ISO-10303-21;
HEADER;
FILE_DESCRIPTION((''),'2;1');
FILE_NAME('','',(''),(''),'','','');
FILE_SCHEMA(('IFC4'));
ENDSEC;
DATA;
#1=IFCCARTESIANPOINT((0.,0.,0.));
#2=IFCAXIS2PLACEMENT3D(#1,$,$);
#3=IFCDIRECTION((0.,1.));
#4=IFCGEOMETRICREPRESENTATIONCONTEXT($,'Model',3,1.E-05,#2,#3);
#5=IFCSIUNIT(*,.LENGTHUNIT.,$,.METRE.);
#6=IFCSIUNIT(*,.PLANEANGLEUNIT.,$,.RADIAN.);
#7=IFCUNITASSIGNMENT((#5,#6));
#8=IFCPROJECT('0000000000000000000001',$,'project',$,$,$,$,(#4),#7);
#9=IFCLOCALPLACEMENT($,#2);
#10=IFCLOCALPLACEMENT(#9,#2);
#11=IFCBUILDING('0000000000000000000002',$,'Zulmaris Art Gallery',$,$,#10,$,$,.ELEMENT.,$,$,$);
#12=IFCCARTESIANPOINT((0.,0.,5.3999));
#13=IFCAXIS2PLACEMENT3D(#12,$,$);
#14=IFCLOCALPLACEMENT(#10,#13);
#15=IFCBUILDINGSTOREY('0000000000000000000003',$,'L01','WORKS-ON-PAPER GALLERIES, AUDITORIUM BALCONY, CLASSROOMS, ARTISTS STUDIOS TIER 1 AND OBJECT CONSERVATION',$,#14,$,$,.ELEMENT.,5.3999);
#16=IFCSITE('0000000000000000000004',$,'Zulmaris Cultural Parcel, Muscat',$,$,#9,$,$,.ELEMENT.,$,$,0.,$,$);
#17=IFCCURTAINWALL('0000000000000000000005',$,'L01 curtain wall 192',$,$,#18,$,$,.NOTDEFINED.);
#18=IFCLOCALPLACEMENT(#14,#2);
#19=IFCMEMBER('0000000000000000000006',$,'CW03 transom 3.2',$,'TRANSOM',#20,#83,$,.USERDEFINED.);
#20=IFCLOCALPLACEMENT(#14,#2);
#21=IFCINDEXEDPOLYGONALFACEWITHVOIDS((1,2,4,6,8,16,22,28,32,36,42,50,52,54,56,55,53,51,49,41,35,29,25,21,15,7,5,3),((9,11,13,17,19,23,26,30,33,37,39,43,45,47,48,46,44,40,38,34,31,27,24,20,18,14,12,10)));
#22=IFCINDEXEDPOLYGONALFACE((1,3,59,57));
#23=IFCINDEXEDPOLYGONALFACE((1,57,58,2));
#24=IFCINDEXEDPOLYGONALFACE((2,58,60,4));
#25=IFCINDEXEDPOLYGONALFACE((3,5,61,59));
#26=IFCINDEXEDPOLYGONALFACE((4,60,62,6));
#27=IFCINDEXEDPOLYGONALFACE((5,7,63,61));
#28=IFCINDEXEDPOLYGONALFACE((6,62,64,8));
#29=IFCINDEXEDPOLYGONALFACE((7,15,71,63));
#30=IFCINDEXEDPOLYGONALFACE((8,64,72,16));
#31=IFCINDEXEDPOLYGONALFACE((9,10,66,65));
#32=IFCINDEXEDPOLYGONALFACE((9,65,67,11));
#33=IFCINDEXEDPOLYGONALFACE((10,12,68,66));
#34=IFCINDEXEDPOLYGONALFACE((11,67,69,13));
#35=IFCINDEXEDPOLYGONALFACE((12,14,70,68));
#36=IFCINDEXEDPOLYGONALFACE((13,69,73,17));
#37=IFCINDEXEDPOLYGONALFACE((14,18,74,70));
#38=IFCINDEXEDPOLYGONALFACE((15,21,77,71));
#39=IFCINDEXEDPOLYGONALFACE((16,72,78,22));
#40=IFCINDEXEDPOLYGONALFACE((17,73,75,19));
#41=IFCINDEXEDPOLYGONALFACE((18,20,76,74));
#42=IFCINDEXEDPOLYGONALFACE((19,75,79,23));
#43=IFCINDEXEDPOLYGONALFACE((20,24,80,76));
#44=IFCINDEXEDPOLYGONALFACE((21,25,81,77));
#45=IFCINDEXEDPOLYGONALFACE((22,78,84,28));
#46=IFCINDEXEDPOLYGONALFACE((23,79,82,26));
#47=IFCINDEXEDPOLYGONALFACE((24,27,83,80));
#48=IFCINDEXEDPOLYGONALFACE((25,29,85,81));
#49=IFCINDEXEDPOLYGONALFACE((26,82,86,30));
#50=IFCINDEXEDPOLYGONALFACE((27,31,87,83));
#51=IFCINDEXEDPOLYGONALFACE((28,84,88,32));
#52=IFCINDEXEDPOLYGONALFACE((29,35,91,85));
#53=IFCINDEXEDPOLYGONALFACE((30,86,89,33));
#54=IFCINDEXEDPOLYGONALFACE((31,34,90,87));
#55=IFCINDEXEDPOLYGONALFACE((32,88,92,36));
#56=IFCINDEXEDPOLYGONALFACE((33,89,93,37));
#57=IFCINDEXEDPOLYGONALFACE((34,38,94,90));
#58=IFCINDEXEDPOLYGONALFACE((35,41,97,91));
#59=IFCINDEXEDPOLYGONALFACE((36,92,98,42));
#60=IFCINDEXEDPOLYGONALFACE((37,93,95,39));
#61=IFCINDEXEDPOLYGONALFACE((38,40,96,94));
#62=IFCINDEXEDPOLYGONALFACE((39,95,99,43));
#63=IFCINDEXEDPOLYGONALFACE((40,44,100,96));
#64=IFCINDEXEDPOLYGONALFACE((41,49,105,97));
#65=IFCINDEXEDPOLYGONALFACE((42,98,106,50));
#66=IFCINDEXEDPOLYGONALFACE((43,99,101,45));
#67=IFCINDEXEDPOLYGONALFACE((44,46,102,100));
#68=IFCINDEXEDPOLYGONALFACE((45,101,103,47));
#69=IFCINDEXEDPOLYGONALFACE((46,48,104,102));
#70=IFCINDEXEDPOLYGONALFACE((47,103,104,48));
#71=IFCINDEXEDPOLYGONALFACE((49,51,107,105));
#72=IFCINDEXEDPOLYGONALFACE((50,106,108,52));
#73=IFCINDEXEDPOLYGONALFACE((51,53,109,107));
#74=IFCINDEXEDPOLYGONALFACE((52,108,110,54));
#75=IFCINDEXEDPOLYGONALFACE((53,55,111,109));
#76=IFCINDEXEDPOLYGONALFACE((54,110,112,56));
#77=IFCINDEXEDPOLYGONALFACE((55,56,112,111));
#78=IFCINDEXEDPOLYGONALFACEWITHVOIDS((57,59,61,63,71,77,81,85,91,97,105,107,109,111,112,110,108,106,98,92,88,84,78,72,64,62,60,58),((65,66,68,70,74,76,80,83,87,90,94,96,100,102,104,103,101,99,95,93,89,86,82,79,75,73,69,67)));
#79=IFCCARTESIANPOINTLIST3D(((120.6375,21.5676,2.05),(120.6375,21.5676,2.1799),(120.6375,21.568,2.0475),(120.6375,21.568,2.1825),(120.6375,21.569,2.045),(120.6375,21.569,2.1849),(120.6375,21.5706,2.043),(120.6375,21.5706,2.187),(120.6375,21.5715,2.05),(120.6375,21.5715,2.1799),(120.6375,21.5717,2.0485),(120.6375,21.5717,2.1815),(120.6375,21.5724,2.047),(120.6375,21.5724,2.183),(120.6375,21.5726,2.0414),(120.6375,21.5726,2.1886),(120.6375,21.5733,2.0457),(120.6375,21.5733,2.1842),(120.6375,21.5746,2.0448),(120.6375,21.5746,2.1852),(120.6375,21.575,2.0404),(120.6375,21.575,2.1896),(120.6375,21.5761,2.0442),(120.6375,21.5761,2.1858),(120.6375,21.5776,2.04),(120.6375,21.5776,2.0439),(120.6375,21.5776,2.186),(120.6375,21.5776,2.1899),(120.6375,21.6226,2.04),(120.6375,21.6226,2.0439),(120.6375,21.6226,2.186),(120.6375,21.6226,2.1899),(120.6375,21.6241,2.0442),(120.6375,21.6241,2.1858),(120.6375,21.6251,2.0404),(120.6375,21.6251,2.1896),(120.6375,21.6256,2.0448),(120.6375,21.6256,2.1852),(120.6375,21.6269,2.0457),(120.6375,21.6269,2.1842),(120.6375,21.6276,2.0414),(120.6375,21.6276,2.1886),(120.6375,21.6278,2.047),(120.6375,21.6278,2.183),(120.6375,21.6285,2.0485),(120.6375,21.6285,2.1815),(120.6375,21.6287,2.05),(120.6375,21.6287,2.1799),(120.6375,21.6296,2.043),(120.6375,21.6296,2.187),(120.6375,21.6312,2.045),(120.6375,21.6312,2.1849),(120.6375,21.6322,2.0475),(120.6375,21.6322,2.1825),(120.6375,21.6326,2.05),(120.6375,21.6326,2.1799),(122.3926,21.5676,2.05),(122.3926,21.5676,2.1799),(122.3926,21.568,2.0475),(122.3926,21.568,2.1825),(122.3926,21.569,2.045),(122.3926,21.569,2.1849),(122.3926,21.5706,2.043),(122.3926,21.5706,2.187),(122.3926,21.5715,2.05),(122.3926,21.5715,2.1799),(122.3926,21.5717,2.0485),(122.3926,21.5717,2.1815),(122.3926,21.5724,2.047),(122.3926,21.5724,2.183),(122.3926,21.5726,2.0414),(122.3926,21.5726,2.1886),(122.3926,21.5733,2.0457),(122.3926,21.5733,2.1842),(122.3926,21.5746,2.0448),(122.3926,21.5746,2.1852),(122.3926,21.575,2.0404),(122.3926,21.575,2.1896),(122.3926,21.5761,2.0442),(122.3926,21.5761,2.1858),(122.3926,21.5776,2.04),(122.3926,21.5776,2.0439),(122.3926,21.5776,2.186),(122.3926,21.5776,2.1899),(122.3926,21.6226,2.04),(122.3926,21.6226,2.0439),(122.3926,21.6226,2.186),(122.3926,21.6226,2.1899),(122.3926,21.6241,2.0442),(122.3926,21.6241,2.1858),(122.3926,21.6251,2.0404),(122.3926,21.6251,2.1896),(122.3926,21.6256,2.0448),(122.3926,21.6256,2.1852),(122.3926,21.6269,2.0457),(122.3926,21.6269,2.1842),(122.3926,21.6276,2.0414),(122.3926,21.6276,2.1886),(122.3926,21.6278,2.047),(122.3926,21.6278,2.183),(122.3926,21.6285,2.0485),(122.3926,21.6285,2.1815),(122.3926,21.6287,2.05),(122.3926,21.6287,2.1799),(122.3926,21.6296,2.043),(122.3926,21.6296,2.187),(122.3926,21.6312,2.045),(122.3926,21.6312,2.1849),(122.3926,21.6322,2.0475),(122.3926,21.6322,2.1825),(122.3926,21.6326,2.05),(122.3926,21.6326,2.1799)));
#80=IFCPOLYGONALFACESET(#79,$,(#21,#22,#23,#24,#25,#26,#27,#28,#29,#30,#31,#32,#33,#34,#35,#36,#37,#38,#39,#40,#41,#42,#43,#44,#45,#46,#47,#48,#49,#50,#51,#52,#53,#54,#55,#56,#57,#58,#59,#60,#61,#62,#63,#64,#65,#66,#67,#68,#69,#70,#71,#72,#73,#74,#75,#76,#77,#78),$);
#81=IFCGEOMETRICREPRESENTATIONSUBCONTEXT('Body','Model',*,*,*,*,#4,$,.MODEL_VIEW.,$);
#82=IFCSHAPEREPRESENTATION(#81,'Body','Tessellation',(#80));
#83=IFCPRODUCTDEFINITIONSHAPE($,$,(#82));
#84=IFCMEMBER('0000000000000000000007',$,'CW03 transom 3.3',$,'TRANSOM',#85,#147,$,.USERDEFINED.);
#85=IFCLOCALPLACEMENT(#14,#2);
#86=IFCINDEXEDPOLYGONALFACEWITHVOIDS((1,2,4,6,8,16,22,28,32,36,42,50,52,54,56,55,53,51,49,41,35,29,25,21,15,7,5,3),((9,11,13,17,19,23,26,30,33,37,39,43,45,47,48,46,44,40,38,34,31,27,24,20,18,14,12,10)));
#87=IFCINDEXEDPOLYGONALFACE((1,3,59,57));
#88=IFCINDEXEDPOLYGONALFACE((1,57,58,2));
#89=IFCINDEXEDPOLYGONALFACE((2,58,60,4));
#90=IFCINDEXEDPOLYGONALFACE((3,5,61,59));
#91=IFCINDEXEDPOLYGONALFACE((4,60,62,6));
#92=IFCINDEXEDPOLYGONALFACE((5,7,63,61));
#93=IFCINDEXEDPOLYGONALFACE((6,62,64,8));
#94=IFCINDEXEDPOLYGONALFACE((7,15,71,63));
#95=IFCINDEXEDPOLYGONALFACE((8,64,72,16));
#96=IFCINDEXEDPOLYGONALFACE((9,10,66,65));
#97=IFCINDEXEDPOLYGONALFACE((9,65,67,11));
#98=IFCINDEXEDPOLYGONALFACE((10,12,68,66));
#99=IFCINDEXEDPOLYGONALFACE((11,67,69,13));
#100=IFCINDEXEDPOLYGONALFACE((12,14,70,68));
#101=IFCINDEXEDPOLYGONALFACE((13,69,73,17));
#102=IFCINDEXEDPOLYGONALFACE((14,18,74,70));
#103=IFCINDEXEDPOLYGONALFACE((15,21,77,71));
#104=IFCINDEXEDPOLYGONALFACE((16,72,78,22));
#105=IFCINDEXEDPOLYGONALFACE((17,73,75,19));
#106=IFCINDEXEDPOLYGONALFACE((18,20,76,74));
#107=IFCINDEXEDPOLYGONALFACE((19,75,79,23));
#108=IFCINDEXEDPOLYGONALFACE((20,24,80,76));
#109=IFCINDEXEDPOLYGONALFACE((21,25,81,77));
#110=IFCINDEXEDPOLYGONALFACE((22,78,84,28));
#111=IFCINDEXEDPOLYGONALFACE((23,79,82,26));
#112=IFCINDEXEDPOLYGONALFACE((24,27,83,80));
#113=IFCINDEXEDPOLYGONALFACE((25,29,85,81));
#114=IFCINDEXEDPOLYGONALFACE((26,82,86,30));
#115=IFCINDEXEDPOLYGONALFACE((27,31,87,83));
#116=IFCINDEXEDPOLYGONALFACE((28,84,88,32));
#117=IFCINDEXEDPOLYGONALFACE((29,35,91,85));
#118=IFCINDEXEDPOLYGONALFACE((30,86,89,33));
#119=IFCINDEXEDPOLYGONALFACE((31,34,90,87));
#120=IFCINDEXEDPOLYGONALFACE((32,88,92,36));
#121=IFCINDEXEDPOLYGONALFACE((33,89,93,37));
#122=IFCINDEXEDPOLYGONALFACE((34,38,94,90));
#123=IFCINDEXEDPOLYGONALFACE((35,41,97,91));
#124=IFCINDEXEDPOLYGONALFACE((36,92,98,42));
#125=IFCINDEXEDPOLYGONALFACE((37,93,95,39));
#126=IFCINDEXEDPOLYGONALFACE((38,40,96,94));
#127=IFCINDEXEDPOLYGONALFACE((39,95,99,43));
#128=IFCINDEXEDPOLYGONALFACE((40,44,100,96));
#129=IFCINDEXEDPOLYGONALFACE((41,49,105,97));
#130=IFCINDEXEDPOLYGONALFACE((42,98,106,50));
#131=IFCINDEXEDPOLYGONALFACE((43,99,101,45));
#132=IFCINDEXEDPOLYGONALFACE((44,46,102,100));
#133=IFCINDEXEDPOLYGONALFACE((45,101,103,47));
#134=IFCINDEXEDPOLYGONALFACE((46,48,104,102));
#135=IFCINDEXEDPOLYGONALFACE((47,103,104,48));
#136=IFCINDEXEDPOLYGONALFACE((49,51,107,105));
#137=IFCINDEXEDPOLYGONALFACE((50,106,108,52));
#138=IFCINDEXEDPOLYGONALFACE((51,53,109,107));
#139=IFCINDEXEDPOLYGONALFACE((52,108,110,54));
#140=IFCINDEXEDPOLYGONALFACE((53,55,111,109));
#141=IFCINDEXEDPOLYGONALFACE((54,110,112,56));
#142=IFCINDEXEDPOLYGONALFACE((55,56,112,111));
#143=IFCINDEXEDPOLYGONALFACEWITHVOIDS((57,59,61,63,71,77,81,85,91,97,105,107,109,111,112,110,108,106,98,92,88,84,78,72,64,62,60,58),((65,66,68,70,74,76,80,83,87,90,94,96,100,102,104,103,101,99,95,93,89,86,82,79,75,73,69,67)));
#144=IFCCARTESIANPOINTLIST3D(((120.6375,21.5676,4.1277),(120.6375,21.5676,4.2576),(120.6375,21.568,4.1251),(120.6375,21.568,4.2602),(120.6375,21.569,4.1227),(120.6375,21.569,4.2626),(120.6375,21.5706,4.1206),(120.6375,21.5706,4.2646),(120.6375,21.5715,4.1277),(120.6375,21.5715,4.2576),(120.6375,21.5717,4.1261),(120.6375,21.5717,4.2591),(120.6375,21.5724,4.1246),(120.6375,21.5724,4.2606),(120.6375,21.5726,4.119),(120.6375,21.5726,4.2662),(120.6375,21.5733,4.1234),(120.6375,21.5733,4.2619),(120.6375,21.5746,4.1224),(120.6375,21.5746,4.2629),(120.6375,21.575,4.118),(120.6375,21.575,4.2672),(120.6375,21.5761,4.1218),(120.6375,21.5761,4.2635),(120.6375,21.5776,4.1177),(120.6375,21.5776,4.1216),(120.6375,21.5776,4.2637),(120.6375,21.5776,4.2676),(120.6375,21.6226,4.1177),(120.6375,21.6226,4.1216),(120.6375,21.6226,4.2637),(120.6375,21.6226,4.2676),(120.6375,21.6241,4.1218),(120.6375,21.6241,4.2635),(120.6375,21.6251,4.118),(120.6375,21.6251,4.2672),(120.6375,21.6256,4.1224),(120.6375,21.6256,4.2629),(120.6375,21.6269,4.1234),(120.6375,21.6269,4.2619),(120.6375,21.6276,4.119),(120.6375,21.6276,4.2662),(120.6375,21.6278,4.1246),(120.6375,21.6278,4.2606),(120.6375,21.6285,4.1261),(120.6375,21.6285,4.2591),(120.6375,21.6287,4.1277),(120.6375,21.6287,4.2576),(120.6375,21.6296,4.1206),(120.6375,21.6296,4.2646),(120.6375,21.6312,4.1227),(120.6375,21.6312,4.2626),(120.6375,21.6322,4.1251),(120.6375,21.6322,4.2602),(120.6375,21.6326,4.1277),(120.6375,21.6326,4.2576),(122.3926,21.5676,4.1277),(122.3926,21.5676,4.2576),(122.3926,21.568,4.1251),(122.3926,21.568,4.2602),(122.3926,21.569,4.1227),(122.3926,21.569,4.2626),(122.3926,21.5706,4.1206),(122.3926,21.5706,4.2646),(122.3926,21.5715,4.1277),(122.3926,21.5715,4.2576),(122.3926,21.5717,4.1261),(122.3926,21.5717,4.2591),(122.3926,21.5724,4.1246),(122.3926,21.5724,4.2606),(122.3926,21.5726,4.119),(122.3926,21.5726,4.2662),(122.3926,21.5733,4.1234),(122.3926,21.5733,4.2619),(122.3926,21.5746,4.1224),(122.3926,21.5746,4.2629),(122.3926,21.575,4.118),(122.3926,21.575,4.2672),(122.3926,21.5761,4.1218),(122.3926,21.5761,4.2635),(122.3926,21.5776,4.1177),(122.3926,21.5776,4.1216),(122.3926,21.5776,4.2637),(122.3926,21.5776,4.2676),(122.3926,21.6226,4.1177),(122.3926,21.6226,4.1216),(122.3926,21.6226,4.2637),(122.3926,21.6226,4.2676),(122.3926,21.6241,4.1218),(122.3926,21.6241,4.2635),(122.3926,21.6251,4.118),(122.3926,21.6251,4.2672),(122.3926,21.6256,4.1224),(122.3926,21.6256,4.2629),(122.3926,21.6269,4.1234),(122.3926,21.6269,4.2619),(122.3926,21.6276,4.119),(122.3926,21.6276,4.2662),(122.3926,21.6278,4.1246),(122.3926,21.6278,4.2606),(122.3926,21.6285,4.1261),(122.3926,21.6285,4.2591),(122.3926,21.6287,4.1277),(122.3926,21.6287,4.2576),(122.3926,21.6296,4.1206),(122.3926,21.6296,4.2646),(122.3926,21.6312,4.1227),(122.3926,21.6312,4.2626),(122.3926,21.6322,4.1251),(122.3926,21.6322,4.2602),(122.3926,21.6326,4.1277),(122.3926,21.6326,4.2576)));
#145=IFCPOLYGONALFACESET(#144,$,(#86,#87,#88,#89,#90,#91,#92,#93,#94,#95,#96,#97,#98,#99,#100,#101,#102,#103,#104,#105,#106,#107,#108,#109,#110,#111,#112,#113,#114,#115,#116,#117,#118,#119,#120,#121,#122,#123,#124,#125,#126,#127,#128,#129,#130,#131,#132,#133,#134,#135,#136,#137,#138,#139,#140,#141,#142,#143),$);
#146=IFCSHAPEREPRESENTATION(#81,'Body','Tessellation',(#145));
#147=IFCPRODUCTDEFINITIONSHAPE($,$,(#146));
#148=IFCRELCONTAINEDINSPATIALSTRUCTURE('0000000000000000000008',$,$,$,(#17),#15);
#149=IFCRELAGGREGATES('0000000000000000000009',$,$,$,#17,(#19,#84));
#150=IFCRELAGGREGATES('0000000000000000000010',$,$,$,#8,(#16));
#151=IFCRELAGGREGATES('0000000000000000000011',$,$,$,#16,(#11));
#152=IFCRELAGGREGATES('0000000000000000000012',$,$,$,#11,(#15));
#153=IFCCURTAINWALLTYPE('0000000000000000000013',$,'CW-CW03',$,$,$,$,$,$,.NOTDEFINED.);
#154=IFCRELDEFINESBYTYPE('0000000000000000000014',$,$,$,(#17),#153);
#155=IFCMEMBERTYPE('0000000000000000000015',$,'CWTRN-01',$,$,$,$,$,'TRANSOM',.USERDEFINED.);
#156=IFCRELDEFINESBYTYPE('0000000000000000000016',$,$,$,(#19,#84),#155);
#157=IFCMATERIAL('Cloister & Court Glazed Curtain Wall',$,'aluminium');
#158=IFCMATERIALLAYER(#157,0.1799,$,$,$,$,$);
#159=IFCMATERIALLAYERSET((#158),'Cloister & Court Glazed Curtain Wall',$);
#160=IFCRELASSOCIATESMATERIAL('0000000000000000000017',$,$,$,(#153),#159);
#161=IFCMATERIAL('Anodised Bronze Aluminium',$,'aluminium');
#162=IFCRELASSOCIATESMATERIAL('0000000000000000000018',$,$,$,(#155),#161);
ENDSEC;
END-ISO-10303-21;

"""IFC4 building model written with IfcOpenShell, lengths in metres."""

from ifc_helpers import new_model, si_unit, direction, frame, origin, origin_2d, place, context, subcontext, project, spatial, hollow_rectangle, extrude, material, layer, layer_set, material_profile, profile_set, type_object, element, aggregate, save


model = new_model("IFC4")

# Units and contexts
model_context = context("Model", 3, precision=1e-05, world=origin(), true_north=direction((0.0, 1.0)))
body_context = subcontext(model_context, "Body", "Model", "MODEL_VIEW")
ifc_project = project(units=[si_unit("LENGTHUNIT", "METRE"), si_unit("PLANEANGLEUNIT", "RADIAN")], contexts=[model_context])

# Site, building, storey
site_placement = place(None, origin())
site = spatial("IfcSite", under=ifc_project, at=site_placement, Name="Zulmaris Cultural Parcel, Muscat", CompositionType="ELEMENT", RefElevation=0.0)
building_placement = place(site_placement, origin())
building = spatial("IfcBuilding", under=site, at=building_placement, Name="Zulmaris Art Gallery", CompositionType="ELEMENT")
storey_placement = place(building_placement, frame((0.0, 0.0, 5.3999)))
storey = spatial("IfcBuildingStorey", under=building, at=storey_placement, Name="L01", Description="WORKS-ON-PAPER GALLERIES, AUDITORIUM BALCONY, CLASSROOMS, ARTISTS STUDIOS TIER 1 AND OBJECT CONSERVATION", CompositionType="ELEMENT", Elevation=5.3999)

# Shared definitions
ifc_material_1 = material(Name="Cloister & Court Glazed Curtain Wall", Category="aluminium")
ifc_layer_1 = layer(ifc_material_1, 0.1799)
ifc_layer_set_1 = layer_set([ifc_layer_1], Name="Cloister & Court Glazed Curtain Wall")
curtain_wall_type = type_object("IfcCurtainWallType", Name="CW-CW03", PredefinedType="NOTDEFINED", material=ifc_layer_set_1)
ifc_material_2 = material(Name="Anodised Bronze Aluminium", Category="aluminium")

# Curtain wall
curtain_wall_1_placement = place(storey_placement, origin())
curtain_wall_1 = element("IfcCurtainWall", 1, at=curtain_wall_1_placement, inside=storey, type_object=curtain_wall_type, Name="L01 curtain wall 192", PredefinedType="NOTDEFINED")

# Members
ifc_material_profile_1 = material_profile(ifc_material_2, hollow_rectangle(XDim=0.0649, YDim=0.1499, WallThickness=0.0039, InnerFilletRadius=0.0061, OuterFilletRadius=0.01, at=origin_2d()), Name="ALU 65x150x4")
ifc_profile_set_1 = profile_set([ifc_material_profile_1], Name="Anodised Bronze Aluminium")
member_type_1 = type_object("IfcMemberType", Name="CWTRN-01", ElementType="TRANSOM", PredefinedType="USERDEFINED", material=ifc_profile_set_1)
member_1_placement = place(storey_placement, frame((120.6375, 21.6001, 2.115), z_axis=(1.0, 0.0, 0.0), x_axis=(0.0, 1.0, 0.0)))
member_1 = element("IfcMember", 2, at=member_1_placement, type_object=member_type_1, Name="CW03 transom 3.2", ObjectType="TRANSOM", PredefinedType="USERDEFINED", context=body_context, shape_type="SweptSolid", body=[
    extrude(hollow_rectangle(XDim=0.0649, YDim=0.1499, WallThickness=0.0039, InnerFilletRadius=0.0061, OuterFilletRadius=0.01, at=origin_2d()), origin(), (0.0, 0.0, 1.0), 1.7551),
])
member_2_placement = place(storey_placement, frame((120.6375, 21.6001, 4.1926), z_axis=(1.0, 0.0, 0.0), x_axis=(0.0, 1.0, 0.0)))
member_2 = element("IfcMember", 3, at=member_2_placement, type_object=member_type_1, Name="CW03 transom 3.3", ObjectType="TRANSOM", PredefinedType="USERDEFINED", context=body_context, shape_type="SweptSolid", body=[
    extrude(hollow_rectangle(XDim=0.0649, YDim=0.1499, WallThickness=0.0039, InnerFilletRadius=0.0061, OuterFilletRadius=0.01, at=origin_2d()), origin(), (0.0, 0.0, 1.0), 1.7551),
])

aggregate(curtain_wall_1, [member_1, member_2])

save(model, "model.ifc")
